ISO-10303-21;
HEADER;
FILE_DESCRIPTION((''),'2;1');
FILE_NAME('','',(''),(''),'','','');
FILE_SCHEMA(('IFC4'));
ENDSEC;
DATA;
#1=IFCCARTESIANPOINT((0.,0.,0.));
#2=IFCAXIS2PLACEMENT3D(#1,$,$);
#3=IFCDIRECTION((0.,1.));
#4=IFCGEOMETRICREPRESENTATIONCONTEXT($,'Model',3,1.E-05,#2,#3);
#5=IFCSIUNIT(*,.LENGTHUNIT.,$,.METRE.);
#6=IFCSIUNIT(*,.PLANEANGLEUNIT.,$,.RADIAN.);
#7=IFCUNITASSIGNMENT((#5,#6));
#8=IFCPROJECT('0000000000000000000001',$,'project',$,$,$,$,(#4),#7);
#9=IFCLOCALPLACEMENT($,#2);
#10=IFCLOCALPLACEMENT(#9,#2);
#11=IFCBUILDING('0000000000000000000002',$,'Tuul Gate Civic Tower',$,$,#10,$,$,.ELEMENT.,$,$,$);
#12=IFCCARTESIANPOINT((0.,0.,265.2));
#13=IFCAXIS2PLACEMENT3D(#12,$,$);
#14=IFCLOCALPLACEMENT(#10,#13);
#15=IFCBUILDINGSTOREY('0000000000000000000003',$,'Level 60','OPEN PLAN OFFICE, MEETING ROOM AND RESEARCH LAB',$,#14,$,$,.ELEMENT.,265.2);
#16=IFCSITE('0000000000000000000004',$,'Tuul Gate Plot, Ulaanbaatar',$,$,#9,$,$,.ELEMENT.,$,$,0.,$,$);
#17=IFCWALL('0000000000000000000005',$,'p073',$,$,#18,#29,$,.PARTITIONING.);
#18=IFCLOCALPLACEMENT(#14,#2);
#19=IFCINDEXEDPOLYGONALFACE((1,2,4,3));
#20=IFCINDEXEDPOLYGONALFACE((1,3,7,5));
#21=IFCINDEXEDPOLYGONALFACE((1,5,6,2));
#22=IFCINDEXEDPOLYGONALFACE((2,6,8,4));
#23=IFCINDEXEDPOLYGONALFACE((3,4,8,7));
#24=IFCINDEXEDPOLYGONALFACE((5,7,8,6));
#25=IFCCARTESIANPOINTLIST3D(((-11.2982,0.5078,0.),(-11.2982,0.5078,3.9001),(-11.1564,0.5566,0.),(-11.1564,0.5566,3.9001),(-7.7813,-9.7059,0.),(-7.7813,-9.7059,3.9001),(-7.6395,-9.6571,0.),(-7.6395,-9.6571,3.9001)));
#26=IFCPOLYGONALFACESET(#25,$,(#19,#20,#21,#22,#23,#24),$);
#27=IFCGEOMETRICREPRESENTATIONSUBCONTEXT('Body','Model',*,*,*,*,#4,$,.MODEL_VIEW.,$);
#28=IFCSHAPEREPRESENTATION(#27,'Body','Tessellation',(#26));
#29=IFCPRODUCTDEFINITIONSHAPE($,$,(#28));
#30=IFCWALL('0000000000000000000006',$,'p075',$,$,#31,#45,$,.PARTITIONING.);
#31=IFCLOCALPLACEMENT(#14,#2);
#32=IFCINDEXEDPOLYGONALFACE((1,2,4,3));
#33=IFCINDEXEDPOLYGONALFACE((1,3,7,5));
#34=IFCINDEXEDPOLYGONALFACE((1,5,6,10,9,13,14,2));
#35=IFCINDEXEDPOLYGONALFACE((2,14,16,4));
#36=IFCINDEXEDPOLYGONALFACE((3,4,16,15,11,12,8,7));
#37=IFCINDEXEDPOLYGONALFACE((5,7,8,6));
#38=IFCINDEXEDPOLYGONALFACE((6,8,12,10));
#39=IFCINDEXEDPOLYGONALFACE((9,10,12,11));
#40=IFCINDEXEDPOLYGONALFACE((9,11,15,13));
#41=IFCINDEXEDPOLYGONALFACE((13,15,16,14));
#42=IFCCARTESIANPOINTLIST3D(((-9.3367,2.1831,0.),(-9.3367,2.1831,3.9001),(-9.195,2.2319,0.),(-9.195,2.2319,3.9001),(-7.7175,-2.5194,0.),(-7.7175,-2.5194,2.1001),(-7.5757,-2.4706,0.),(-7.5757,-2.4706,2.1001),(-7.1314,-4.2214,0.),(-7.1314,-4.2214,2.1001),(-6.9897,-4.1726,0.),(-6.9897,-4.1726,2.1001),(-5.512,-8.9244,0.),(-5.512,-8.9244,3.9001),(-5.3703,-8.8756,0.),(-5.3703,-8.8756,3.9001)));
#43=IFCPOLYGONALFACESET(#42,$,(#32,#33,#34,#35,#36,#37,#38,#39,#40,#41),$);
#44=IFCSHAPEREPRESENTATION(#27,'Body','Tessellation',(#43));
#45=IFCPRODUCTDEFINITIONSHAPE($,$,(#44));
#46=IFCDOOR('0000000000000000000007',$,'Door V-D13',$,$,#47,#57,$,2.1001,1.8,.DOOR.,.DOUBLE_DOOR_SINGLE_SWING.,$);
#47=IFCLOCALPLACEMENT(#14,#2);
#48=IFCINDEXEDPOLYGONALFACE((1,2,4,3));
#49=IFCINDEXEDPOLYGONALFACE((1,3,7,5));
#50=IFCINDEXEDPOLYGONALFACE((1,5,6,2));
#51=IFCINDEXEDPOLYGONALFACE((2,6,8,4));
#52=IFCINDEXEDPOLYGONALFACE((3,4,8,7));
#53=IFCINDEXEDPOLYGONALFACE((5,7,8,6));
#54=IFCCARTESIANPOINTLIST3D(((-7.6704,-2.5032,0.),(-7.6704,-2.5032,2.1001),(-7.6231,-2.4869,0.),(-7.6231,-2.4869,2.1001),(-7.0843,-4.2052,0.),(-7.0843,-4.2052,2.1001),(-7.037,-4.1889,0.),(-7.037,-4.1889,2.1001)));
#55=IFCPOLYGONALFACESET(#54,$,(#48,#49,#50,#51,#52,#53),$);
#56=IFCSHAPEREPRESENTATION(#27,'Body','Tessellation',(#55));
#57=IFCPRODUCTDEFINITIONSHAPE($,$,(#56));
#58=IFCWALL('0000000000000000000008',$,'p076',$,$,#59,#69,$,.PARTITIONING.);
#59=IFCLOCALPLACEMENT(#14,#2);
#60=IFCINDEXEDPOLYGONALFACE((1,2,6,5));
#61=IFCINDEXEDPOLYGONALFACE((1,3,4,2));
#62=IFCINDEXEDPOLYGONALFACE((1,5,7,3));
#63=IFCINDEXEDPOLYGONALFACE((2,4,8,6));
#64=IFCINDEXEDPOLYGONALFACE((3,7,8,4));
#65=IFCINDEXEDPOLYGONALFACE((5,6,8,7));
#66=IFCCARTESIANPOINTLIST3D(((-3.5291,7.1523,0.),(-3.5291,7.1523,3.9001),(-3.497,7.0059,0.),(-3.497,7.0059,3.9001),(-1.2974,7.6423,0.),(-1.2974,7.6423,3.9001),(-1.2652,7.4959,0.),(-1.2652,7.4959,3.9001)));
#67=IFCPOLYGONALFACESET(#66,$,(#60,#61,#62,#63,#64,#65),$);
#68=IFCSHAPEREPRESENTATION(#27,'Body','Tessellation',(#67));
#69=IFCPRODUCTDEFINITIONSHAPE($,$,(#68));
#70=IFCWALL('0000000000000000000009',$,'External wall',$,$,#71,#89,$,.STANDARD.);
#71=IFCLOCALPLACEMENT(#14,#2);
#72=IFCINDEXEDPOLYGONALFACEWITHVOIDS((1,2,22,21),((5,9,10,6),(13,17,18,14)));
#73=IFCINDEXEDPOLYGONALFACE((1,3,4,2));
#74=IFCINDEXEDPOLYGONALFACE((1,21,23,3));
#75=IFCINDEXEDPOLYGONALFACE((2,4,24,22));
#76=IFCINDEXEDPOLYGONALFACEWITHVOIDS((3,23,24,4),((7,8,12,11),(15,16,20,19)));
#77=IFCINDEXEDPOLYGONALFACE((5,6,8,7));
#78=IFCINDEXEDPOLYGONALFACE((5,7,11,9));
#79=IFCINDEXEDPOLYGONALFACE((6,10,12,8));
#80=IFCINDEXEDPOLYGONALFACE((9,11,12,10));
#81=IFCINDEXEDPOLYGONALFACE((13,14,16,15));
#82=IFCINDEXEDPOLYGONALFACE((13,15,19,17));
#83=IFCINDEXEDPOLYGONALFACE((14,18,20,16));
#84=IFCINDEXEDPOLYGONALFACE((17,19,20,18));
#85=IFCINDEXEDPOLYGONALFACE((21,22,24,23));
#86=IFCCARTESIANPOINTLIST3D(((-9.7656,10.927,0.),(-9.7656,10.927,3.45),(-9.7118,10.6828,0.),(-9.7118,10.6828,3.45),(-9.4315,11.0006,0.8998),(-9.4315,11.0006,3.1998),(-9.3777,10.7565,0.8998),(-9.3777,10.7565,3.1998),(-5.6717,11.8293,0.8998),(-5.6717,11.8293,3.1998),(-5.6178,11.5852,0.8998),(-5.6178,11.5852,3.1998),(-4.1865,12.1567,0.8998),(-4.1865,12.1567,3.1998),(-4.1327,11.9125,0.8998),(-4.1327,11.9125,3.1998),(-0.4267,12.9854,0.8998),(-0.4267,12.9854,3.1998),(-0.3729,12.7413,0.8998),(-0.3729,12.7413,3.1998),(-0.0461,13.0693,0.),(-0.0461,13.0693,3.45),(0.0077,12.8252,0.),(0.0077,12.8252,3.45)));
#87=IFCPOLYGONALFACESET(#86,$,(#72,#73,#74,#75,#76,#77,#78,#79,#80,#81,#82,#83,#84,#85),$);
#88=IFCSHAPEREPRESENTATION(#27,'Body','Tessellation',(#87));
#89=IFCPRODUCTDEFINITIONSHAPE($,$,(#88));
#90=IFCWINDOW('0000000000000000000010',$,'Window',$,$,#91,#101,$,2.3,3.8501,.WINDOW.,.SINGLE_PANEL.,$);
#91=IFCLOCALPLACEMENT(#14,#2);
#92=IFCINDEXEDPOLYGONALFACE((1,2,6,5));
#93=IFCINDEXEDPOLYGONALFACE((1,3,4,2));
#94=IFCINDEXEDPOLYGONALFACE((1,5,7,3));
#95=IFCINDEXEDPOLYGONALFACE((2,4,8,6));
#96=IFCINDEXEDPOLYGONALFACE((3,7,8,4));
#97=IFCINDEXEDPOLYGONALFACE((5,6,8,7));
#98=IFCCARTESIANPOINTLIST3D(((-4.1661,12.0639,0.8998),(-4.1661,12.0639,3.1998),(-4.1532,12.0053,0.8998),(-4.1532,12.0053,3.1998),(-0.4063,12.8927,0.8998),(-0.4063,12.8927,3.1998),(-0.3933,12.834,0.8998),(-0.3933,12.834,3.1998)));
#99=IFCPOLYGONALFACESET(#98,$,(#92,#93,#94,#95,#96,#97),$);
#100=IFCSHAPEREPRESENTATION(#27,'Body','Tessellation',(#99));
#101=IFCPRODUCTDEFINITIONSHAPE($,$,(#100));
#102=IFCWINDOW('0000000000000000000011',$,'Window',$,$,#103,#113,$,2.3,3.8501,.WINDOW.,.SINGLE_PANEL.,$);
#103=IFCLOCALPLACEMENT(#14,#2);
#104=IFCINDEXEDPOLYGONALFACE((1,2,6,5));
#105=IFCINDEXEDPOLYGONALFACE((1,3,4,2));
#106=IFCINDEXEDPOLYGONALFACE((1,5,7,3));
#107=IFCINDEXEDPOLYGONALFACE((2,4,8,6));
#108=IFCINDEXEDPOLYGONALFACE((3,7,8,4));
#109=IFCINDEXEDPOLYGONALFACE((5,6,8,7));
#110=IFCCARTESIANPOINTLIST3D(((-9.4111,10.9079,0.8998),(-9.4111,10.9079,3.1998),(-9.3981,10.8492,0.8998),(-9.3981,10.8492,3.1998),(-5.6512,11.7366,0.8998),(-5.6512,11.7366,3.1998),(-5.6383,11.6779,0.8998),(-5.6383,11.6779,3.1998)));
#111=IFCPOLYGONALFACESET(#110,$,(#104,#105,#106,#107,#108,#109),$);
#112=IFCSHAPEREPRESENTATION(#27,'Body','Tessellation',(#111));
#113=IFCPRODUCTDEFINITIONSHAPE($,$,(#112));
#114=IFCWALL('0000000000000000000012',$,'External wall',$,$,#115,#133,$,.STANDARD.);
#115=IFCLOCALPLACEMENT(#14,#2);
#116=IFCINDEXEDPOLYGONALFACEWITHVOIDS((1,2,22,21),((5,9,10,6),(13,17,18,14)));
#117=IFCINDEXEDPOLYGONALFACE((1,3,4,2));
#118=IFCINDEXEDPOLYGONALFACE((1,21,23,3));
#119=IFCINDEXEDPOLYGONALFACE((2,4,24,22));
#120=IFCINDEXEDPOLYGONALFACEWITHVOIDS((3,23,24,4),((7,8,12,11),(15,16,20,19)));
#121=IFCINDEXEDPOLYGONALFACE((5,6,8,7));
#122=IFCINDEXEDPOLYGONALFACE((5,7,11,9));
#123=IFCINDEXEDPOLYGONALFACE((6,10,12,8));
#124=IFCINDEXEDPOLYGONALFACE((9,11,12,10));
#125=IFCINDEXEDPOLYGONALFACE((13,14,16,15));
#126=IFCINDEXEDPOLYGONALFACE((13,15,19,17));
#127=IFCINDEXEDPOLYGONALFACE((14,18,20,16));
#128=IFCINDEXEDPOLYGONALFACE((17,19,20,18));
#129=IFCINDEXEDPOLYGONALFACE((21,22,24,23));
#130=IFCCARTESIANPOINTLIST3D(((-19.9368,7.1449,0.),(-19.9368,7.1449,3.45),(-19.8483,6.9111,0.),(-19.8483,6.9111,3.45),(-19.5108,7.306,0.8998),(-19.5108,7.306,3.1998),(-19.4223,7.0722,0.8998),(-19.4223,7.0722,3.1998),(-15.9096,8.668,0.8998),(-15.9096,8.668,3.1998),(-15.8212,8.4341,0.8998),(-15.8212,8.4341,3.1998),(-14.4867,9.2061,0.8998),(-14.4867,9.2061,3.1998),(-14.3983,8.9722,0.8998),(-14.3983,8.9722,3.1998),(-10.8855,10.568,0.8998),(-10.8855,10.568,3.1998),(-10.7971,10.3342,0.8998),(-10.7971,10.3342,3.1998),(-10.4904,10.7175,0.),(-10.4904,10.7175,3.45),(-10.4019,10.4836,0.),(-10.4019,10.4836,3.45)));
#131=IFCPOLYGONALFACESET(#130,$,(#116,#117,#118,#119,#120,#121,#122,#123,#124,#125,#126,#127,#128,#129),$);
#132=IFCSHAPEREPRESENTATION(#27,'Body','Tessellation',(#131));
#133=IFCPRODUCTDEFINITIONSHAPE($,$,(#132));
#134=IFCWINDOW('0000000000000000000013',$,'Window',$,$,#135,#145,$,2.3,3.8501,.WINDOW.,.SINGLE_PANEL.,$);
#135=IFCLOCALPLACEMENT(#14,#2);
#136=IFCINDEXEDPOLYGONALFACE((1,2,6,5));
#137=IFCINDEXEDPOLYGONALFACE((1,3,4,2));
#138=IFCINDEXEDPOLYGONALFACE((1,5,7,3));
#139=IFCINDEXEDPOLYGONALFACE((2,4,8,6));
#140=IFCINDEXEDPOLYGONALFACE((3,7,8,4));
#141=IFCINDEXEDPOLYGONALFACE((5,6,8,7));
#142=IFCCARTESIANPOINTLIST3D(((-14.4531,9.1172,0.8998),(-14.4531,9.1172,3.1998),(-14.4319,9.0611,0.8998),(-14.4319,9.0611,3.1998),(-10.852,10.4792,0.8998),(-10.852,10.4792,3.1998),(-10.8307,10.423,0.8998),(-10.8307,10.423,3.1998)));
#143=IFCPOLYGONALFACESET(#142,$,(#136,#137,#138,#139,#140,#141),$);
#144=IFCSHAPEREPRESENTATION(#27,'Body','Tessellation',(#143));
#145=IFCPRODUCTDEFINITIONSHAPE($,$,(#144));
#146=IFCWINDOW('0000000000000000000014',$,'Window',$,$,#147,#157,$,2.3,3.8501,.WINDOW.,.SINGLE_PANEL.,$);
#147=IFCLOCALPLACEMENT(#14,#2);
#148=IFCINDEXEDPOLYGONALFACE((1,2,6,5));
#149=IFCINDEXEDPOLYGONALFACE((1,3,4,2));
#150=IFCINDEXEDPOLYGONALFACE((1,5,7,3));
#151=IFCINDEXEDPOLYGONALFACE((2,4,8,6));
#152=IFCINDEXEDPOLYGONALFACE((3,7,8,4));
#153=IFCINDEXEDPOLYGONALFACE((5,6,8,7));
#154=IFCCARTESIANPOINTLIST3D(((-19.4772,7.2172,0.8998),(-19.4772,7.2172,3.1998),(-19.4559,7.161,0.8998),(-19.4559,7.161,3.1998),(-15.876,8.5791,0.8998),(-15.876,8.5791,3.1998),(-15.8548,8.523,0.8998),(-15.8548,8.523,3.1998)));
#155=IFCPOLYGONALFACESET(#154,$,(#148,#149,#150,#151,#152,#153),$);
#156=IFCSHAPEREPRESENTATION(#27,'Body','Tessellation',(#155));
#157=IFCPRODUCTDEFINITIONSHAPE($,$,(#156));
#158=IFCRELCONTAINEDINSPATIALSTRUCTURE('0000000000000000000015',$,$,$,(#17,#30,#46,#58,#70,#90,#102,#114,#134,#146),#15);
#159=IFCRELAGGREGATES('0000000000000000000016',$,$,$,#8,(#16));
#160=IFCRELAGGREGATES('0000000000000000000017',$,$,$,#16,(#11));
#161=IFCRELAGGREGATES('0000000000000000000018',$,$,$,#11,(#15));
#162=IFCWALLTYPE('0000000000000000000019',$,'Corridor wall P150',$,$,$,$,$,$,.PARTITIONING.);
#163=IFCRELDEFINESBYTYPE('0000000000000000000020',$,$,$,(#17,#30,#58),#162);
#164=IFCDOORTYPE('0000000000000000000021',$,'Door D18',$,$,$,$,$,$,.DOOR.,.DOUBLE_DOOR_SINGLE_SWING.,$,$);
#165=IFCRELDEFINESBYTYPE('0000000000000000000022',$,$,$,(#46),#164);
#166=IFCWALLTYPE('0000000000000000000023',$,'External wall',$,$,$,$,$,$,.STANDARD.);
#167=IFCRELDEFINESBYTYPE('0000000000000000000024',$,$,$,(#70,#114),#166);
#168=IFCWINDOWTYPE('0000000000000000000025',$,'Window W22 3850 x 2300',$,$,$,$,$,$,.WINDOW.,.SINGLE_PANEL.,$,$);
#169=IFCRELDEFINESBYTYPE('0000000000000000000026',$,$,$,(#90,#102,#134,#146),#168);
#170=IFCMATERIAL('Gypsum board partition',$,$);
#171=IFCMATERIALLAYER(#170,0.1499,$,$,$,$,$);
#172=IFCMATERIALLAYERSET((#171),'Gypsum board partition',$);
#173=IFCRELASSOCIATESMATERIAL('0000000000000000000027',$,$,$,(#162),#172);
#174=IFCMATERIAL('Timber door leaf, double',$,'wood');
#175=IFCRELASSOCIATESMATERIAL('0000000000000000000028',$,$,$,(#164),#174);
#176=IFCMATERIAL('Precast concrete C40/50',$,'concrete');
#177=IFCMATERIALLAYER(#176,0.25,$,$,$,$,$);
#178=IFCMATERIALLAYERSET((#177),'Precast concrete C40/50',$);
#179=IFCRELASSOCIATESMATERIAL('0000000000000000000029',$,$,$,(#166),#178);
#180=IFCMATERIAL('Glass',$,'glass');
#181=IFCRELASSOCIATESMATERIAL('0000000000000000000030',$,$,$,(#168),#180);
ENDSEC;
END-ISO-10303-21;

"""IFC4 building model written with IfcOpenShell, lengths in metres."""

from ifc_helpers import new_model, si_unit, direction, frame, frame_2d, origin, place, context, subcontext, project, spatial, rectangle, extrude, material, layer, layer_set, type_object, element, fill, save


model = new_model("IFC4")

# Units and contexts
model_context = context("Model", 3, precision=1e-05, world=origin(), true_north=direction((0.0, 1.0)))
body_context = subcontext(model_context, "Body", "Model", "MODEL_VIEW")
ifc_project = project(units=[si_unit("LENGTHUNIT", "METRE"), si_unit("PLANEANGLEUNIT", "RADIAN")], contexts=[model_context])

# Site, building, storey
site_placement = place(None, origin())
site = spatial("IfcSite", under=ifc_project, at=site_placement, Name="Tuul Gate Plot, Ulaanbaatar", CompositionType="ELEMENT", RefElevation=0.0)
building_placement = place(site_placement, origin())
building = spatial("IfcBuilding", under=site, at=building_placement, Name="Tuul Gate Civic Tower", CompositionType="ELEMENT")
storey_placement = place(building_placement, frame((0.0, 0.0, 265.2)))
storey = spatial("IfcBuildingStorey", under=building, at=storey_placement, Name="Level 60", Description="OPEN PLAN OFFICE, MEETING ROOM AND RESEARCH LAB", CompositionType="ELEMENT", Elevation=265.2)

# Wall
ifc_material_1 = material(Name="Gypsum board partition")
ifc_layer_1 = layer(ifc_material_1, 0.1499)
ifc_layer_set_1 = layer_set([ifc_layer_1], Name="Gypsum board partition")
wall_type_1 = type_object("IfcWallType", Name="Corridor wall P150", PredefinedType="PARTITIONING", material=ifc_layer_set_1)
wall_1_placement = place(storey_placement, frame((-11.2273, 0.5322, 0.0), z_axis=(0.0, 0.0, 1.0), x_axis=(0.325569, -0.945518, 0.0)))
element("IfcWall", 1, at=wall_1_placement, inside=storey, type_object=wall_type_1, Name="p073", PredefinedType="PARTITIONING", context=body_context, shape_type="SweptSolid", body=[
    extrude(rectangle(XDim=10.8022, YDim=0.1499, at=frame_2d((5.4011, 0.0))), origin(), (0.0, 0.0, 1.0), 3.9001),
])

# Wall, opening, door
wall_2_placement = place(storey_placement, frame((-9.2659, 2.2075, 0.0), z_axis=(0.0, 0.0, 1.0), x_axis=(0.325577, -0.945516, 0.0)))
wall_2 = element("IfcWall", 2, at=wall_2_placement, inside=storey, type_object=wall_type_1, Name="p075", PredefinedType="PARTITIONING", context=body_context, shape_type="SweptSolid", body=[
    extrude(rectangle(XDim=11.7476, YDim=0.1499, at=frame_2d((5.8738, 0.0))), origin(), (0.0, 0.0, 1.0), 3.9001),
])
opening_1_placement = place(wall_2_placement, frame((4.9736, 0.0, 0.0)))
opening_1 = element("IfcOpeningElement", 3, at=opening_1_placement, cuts=wall_2, PredefinedType="OPENING", context=body_context, shape_type="SweptSolid", body=[
    extrude(rectangle(XDim=1.8, YDim=2.1001, at=frame_2d((0.8999, 1.05))), frame((0.0, 0.085, 0.0), z_axis=(0.0, -1.0, 0.0), x_axis=(1.0, 0.0, 0.0)), (0.0, 0.0, 1.0), 0.1699),
])
ifc_material_2 = material(Name="Timber door leaf, double", Category="wood")
door_type = type_object("IfcDoorType", Name="Door D18", OperationType="DOUBLE_DOOR_SINGLE_SWING", PredefinedType="DOOR", material=ifc_material_2)
door_placement = place(opening_1_placement, origin())
door = element("IfcDoor", 4, at=door_placement, inside=storey, type_object=door_type, Name="Door V-D13", OperationType="DOUBLE_DOOR_SINGLE_SWING", OverallHeight=2.1001, OverallWidth=1.8, PredefinedType="DOOR", context=body_context, shape_type="SweptSolid", body=[
    extrude(rectangle(XDim=1.8, YDim=2.1001, at=frame_2d((0.8999, 1.05))), frame((0.0, 0.0249, 0.0), z_axis=(0.0, -1.0, 0.0), x_axis=(1.0, 0.0, 0.0)), (0.0, 0.0, 1.0), 0.05),
])
fill(opening_1, door)

# Wall
wall_3_placement = place(storey_placement, frame((-3.5132, 7.0791, 0.0), z_axis=(0.0, 0.0, 1.0), x_axis=(0.976735, 0.214452, 0.0)))
element("IfcWall", 5, at=wall_3_placement, inside=storey, type_object=wall_type_1, Name="p076", PredefinedType="PARTITIONING", context=body_context, shape_type="SweptSolid", body=[
    extrude(rectangle(XDim=2.2849, YDim=0.1499, at=frame_2d((1.1426, 0.0))), origin(), (0.0, 0.0, 1.0), 3.9001),
])

# Walls, openings, windows
ifc_material_3 = material(Name="Precast concrete C40/50", Category="concrete")
ifc_layer_2 = layer(ifc_material_3, 0.25)
ifc_layer_set_2 = layer_set([ifc_layer_2], Name="Precast concrete C40/50")
wall_type_2 = type_object("IfcWallType", Name="External wall", PredefinedType="STANDARD", material=ifc_layer_set_2)
wall_4_placement = place(storey_placement, frame((-0.019, 12.9473, 0.0), z_axis=(0.0, 0.0, 1.0), x_axis=(-0.976559, -0.21525, 0.0)))
wall_4 = element("IfcWall", 6, at=wall_4_placement, inside=storey, type_object=wall_type_2, Name="External wall", PredefinedType="STANDARD", context=body_context, shape_type="SweptSolid", body=[
    extrude(rectangle(XDim=9.9529, YDim=0.25, at=frame_2d((4.9766, 0.0))), origin(), (0.0, 0.0, 1.0), 3.45),
])
opening_2_placement = place(wall_4_placement, frame((0.3899, 0.0, 0.8999)))
opening_2 = element("IfcOpeningElement", 7, at=opening_2_placement, cuts=wall_4, PredefinedType="OPENING", context=body_context, shape_type="SweptSolid", body=[
    extrude(rectangle(XDim=3.8501, YDim=2.3, at=frame_2d((1.925, 1.1499))), frame((0.0, 0.135, 0.0), z_axis=(0.0, -1.0, 0.0), x_axis=(1.0, 0.0, 0.0)), (0.0, 0.0, 1.0), 0.27),
])
opening_3_placement = place(wall_4_placement, frame((5.7607, 0.0, 0.8999)))
opening_3 = element("IfcOpeningElement", 8, at=opening_3_placement, cuts=wall_4, PredefinedType="OPENING", context=body_context, shape_type="SweptSolid", body=[
    extrude(rectangle(XDim=3.8501, YDim=2.3, at=frame_2d((1.925, 1.1499))), frame((0.0, 0.135, 0.0), z_axis=(0.0, -1.0, 0.0), x_axis=(1.0, 0.0, 0.0)), (0.0, 0.0, 1.0), 0.27),
])
ifc_material_4 = material(Name="Glass", Category="glass")
window_type_1 = type_object("IfcWindowType", Name="Window W22 3850 x 2300", PartitioningType="SINGLE_PANEL", PredefinedType="WINDOW", material=ifc_material_4)
window_1_placement = place(opening_2_placement, origin())
window_1 = element("IfcWindow", 9, at=window_1_placement, inside=storey, type_object=window_type_1, Name="Window", OverallHeight=2.3, OverallWidth=3.8501, PartitioningType="SINGLE_PANEL", PredefinedType="WINDOW", context=body_context, shape_type="SweptSolid", body=[
    extrude(rectangle(XDim=3.8501, YDim=2.3, at=frame_2d((1.925, 1.1499))), frame((0.0, 0.03, 0.0), z_axis=(0.0, -1.0, 0.0), x_axis=(1.0, 0.0, 0.0)), (0.0, 0.0, 1.0), 0.0601),
])
fill(opening_2, window_1)
window_2_placement = place(opening_3_placement, origin())
window_2 = element("IfcWindow", 10, at=window_2_placement, inside=storey, type_object=window_type_1, Name="Window", OverallHeight=2.3, OverallWidth=3.8501, PartitioningType="SINGLE_PANEL", PredefinedType="WINDOW", context=body_context, shape_type="SweptSolid", body=[
    extrude(rectangle(XDim=3.8501, YDim=2.3, at=frame_2d((1.925, 1.1499))), frame((0.0, 0.03, 0.0), z_axis=(0.0, -1.0, 0.0), x_axis=(1.0, 0.0, 0.0)), (0.0, 0.0, 1.0), 0.0601),
])
fill(opening_3, window_2)
wall_5_placement = place(storey_placement, frame((-10.446, 10.6006, 0.0), z_axis=(0.0, 0.0, 1.0), x_axis=(-0.935344, -0.353739, 0.0)))
wall_5 = element("IfcWall", 11, at=wall_5_placement, inside=storey, type_object=wall_type_2, Name="External wall", PredefinedType="STANDARD", context=body_context, shape_type="SweptSolid", body=[
    extrude(rectangle(XDim=10.0994, YDim=0.25, at=frame_2d((5.0498, 0.0))), origin(), (0.0, 0.0, 1.0), 3.45),
])
opening_4_placement = place(wall_5_placement, frame((0.4226, 0.0, 0.8999)))
opening_4 = element("IfcOpeningElement", 12, at=opening_4_placement, cuts=wall_5, PredefinedType="OPENING", context=body_context, shape_type="SweptSolid", body=[
    extrude(rectangle(XDim=3.8501, YDim=2.3, at=frame_2d((1.925, 1.1499))), frame((0.0, 0.135, 0.0), z_axis=(0.0, -1.0, 0.0), x_axis=(1.0, 0.0, 0.0)), (0.0, 0.0, 1.0), 0.27),
])
opening_5_placement = place(wall_5_placement, frame((5.7939, 0.0, 0.8999)))
opening_5 = element("IfcOpeningElement", 13, at=opening_5_placement, cuts=wall_5, PredefinedType="OPENING", context=body_context, shape_type="SweptSolid", body=[
    extrude(rectangle(XDim=3.8501, YDim=2.3, at=frame_2d((1.925, 1.1499))), frame((0.0, 0.135, 0.0), z_axis=(0.0, -1.0, 0.0), x_axis=(1.0, 0.0, 0.0)), (0.0, 0.0, 1.0), 0.27),
])
window_3_placement = place(opening_4_placement, origin())
window_3 = element("IfcWindow", 14, at=window_3_placement, inside=storey, type_object=window_type_1, Name="Window", OverallHeight=2.3, OverallWidth=3.8501, PartitioningType="SINGLE_PANEL", PredefinedType="WINDOW", context=body_context, shape_type="SweptSolid", body=[
    extrude(rectangle(XDim=3.8501, YDim=2.3, at=frame_2d((1.925, 1.1499))), frame((0.0, 0.03, 0.0), z_axis=(0.0, -1.0, 0.0), x_axis=(1.0, 0.0, 0.0)), (0.0, 0.0, 1.0), 0.0601),
])
fill(opening_4, window_3)
window_4_placement = place(opening_5_placement, origin())
window_4 = element("IfcWindow", 15, at=window_4_placement, inside=storey, type_object=window_type_1, Name="Window", OverallHeight=2.3, OverallWidth=3.8501, PartitioningType="SINGLE_PANEL", PredefinedType="WINDOW", context=body_context, shape_type="SweptSolid", body=[
    extrude(rectangle(XDim=3.8501, YDim=2.3, at=frame_2d((1.925, 1.1499))), frame((0.0, 0.03, 0.0), z_axis=(0.0, -1.0, 0.0), x_axis=(1.0, 0.0, 0.0)), (0.0, 0.0, 1.0), 0.0601),
])
fill(opening_5, window_4)

save(model, "model.ifc")
